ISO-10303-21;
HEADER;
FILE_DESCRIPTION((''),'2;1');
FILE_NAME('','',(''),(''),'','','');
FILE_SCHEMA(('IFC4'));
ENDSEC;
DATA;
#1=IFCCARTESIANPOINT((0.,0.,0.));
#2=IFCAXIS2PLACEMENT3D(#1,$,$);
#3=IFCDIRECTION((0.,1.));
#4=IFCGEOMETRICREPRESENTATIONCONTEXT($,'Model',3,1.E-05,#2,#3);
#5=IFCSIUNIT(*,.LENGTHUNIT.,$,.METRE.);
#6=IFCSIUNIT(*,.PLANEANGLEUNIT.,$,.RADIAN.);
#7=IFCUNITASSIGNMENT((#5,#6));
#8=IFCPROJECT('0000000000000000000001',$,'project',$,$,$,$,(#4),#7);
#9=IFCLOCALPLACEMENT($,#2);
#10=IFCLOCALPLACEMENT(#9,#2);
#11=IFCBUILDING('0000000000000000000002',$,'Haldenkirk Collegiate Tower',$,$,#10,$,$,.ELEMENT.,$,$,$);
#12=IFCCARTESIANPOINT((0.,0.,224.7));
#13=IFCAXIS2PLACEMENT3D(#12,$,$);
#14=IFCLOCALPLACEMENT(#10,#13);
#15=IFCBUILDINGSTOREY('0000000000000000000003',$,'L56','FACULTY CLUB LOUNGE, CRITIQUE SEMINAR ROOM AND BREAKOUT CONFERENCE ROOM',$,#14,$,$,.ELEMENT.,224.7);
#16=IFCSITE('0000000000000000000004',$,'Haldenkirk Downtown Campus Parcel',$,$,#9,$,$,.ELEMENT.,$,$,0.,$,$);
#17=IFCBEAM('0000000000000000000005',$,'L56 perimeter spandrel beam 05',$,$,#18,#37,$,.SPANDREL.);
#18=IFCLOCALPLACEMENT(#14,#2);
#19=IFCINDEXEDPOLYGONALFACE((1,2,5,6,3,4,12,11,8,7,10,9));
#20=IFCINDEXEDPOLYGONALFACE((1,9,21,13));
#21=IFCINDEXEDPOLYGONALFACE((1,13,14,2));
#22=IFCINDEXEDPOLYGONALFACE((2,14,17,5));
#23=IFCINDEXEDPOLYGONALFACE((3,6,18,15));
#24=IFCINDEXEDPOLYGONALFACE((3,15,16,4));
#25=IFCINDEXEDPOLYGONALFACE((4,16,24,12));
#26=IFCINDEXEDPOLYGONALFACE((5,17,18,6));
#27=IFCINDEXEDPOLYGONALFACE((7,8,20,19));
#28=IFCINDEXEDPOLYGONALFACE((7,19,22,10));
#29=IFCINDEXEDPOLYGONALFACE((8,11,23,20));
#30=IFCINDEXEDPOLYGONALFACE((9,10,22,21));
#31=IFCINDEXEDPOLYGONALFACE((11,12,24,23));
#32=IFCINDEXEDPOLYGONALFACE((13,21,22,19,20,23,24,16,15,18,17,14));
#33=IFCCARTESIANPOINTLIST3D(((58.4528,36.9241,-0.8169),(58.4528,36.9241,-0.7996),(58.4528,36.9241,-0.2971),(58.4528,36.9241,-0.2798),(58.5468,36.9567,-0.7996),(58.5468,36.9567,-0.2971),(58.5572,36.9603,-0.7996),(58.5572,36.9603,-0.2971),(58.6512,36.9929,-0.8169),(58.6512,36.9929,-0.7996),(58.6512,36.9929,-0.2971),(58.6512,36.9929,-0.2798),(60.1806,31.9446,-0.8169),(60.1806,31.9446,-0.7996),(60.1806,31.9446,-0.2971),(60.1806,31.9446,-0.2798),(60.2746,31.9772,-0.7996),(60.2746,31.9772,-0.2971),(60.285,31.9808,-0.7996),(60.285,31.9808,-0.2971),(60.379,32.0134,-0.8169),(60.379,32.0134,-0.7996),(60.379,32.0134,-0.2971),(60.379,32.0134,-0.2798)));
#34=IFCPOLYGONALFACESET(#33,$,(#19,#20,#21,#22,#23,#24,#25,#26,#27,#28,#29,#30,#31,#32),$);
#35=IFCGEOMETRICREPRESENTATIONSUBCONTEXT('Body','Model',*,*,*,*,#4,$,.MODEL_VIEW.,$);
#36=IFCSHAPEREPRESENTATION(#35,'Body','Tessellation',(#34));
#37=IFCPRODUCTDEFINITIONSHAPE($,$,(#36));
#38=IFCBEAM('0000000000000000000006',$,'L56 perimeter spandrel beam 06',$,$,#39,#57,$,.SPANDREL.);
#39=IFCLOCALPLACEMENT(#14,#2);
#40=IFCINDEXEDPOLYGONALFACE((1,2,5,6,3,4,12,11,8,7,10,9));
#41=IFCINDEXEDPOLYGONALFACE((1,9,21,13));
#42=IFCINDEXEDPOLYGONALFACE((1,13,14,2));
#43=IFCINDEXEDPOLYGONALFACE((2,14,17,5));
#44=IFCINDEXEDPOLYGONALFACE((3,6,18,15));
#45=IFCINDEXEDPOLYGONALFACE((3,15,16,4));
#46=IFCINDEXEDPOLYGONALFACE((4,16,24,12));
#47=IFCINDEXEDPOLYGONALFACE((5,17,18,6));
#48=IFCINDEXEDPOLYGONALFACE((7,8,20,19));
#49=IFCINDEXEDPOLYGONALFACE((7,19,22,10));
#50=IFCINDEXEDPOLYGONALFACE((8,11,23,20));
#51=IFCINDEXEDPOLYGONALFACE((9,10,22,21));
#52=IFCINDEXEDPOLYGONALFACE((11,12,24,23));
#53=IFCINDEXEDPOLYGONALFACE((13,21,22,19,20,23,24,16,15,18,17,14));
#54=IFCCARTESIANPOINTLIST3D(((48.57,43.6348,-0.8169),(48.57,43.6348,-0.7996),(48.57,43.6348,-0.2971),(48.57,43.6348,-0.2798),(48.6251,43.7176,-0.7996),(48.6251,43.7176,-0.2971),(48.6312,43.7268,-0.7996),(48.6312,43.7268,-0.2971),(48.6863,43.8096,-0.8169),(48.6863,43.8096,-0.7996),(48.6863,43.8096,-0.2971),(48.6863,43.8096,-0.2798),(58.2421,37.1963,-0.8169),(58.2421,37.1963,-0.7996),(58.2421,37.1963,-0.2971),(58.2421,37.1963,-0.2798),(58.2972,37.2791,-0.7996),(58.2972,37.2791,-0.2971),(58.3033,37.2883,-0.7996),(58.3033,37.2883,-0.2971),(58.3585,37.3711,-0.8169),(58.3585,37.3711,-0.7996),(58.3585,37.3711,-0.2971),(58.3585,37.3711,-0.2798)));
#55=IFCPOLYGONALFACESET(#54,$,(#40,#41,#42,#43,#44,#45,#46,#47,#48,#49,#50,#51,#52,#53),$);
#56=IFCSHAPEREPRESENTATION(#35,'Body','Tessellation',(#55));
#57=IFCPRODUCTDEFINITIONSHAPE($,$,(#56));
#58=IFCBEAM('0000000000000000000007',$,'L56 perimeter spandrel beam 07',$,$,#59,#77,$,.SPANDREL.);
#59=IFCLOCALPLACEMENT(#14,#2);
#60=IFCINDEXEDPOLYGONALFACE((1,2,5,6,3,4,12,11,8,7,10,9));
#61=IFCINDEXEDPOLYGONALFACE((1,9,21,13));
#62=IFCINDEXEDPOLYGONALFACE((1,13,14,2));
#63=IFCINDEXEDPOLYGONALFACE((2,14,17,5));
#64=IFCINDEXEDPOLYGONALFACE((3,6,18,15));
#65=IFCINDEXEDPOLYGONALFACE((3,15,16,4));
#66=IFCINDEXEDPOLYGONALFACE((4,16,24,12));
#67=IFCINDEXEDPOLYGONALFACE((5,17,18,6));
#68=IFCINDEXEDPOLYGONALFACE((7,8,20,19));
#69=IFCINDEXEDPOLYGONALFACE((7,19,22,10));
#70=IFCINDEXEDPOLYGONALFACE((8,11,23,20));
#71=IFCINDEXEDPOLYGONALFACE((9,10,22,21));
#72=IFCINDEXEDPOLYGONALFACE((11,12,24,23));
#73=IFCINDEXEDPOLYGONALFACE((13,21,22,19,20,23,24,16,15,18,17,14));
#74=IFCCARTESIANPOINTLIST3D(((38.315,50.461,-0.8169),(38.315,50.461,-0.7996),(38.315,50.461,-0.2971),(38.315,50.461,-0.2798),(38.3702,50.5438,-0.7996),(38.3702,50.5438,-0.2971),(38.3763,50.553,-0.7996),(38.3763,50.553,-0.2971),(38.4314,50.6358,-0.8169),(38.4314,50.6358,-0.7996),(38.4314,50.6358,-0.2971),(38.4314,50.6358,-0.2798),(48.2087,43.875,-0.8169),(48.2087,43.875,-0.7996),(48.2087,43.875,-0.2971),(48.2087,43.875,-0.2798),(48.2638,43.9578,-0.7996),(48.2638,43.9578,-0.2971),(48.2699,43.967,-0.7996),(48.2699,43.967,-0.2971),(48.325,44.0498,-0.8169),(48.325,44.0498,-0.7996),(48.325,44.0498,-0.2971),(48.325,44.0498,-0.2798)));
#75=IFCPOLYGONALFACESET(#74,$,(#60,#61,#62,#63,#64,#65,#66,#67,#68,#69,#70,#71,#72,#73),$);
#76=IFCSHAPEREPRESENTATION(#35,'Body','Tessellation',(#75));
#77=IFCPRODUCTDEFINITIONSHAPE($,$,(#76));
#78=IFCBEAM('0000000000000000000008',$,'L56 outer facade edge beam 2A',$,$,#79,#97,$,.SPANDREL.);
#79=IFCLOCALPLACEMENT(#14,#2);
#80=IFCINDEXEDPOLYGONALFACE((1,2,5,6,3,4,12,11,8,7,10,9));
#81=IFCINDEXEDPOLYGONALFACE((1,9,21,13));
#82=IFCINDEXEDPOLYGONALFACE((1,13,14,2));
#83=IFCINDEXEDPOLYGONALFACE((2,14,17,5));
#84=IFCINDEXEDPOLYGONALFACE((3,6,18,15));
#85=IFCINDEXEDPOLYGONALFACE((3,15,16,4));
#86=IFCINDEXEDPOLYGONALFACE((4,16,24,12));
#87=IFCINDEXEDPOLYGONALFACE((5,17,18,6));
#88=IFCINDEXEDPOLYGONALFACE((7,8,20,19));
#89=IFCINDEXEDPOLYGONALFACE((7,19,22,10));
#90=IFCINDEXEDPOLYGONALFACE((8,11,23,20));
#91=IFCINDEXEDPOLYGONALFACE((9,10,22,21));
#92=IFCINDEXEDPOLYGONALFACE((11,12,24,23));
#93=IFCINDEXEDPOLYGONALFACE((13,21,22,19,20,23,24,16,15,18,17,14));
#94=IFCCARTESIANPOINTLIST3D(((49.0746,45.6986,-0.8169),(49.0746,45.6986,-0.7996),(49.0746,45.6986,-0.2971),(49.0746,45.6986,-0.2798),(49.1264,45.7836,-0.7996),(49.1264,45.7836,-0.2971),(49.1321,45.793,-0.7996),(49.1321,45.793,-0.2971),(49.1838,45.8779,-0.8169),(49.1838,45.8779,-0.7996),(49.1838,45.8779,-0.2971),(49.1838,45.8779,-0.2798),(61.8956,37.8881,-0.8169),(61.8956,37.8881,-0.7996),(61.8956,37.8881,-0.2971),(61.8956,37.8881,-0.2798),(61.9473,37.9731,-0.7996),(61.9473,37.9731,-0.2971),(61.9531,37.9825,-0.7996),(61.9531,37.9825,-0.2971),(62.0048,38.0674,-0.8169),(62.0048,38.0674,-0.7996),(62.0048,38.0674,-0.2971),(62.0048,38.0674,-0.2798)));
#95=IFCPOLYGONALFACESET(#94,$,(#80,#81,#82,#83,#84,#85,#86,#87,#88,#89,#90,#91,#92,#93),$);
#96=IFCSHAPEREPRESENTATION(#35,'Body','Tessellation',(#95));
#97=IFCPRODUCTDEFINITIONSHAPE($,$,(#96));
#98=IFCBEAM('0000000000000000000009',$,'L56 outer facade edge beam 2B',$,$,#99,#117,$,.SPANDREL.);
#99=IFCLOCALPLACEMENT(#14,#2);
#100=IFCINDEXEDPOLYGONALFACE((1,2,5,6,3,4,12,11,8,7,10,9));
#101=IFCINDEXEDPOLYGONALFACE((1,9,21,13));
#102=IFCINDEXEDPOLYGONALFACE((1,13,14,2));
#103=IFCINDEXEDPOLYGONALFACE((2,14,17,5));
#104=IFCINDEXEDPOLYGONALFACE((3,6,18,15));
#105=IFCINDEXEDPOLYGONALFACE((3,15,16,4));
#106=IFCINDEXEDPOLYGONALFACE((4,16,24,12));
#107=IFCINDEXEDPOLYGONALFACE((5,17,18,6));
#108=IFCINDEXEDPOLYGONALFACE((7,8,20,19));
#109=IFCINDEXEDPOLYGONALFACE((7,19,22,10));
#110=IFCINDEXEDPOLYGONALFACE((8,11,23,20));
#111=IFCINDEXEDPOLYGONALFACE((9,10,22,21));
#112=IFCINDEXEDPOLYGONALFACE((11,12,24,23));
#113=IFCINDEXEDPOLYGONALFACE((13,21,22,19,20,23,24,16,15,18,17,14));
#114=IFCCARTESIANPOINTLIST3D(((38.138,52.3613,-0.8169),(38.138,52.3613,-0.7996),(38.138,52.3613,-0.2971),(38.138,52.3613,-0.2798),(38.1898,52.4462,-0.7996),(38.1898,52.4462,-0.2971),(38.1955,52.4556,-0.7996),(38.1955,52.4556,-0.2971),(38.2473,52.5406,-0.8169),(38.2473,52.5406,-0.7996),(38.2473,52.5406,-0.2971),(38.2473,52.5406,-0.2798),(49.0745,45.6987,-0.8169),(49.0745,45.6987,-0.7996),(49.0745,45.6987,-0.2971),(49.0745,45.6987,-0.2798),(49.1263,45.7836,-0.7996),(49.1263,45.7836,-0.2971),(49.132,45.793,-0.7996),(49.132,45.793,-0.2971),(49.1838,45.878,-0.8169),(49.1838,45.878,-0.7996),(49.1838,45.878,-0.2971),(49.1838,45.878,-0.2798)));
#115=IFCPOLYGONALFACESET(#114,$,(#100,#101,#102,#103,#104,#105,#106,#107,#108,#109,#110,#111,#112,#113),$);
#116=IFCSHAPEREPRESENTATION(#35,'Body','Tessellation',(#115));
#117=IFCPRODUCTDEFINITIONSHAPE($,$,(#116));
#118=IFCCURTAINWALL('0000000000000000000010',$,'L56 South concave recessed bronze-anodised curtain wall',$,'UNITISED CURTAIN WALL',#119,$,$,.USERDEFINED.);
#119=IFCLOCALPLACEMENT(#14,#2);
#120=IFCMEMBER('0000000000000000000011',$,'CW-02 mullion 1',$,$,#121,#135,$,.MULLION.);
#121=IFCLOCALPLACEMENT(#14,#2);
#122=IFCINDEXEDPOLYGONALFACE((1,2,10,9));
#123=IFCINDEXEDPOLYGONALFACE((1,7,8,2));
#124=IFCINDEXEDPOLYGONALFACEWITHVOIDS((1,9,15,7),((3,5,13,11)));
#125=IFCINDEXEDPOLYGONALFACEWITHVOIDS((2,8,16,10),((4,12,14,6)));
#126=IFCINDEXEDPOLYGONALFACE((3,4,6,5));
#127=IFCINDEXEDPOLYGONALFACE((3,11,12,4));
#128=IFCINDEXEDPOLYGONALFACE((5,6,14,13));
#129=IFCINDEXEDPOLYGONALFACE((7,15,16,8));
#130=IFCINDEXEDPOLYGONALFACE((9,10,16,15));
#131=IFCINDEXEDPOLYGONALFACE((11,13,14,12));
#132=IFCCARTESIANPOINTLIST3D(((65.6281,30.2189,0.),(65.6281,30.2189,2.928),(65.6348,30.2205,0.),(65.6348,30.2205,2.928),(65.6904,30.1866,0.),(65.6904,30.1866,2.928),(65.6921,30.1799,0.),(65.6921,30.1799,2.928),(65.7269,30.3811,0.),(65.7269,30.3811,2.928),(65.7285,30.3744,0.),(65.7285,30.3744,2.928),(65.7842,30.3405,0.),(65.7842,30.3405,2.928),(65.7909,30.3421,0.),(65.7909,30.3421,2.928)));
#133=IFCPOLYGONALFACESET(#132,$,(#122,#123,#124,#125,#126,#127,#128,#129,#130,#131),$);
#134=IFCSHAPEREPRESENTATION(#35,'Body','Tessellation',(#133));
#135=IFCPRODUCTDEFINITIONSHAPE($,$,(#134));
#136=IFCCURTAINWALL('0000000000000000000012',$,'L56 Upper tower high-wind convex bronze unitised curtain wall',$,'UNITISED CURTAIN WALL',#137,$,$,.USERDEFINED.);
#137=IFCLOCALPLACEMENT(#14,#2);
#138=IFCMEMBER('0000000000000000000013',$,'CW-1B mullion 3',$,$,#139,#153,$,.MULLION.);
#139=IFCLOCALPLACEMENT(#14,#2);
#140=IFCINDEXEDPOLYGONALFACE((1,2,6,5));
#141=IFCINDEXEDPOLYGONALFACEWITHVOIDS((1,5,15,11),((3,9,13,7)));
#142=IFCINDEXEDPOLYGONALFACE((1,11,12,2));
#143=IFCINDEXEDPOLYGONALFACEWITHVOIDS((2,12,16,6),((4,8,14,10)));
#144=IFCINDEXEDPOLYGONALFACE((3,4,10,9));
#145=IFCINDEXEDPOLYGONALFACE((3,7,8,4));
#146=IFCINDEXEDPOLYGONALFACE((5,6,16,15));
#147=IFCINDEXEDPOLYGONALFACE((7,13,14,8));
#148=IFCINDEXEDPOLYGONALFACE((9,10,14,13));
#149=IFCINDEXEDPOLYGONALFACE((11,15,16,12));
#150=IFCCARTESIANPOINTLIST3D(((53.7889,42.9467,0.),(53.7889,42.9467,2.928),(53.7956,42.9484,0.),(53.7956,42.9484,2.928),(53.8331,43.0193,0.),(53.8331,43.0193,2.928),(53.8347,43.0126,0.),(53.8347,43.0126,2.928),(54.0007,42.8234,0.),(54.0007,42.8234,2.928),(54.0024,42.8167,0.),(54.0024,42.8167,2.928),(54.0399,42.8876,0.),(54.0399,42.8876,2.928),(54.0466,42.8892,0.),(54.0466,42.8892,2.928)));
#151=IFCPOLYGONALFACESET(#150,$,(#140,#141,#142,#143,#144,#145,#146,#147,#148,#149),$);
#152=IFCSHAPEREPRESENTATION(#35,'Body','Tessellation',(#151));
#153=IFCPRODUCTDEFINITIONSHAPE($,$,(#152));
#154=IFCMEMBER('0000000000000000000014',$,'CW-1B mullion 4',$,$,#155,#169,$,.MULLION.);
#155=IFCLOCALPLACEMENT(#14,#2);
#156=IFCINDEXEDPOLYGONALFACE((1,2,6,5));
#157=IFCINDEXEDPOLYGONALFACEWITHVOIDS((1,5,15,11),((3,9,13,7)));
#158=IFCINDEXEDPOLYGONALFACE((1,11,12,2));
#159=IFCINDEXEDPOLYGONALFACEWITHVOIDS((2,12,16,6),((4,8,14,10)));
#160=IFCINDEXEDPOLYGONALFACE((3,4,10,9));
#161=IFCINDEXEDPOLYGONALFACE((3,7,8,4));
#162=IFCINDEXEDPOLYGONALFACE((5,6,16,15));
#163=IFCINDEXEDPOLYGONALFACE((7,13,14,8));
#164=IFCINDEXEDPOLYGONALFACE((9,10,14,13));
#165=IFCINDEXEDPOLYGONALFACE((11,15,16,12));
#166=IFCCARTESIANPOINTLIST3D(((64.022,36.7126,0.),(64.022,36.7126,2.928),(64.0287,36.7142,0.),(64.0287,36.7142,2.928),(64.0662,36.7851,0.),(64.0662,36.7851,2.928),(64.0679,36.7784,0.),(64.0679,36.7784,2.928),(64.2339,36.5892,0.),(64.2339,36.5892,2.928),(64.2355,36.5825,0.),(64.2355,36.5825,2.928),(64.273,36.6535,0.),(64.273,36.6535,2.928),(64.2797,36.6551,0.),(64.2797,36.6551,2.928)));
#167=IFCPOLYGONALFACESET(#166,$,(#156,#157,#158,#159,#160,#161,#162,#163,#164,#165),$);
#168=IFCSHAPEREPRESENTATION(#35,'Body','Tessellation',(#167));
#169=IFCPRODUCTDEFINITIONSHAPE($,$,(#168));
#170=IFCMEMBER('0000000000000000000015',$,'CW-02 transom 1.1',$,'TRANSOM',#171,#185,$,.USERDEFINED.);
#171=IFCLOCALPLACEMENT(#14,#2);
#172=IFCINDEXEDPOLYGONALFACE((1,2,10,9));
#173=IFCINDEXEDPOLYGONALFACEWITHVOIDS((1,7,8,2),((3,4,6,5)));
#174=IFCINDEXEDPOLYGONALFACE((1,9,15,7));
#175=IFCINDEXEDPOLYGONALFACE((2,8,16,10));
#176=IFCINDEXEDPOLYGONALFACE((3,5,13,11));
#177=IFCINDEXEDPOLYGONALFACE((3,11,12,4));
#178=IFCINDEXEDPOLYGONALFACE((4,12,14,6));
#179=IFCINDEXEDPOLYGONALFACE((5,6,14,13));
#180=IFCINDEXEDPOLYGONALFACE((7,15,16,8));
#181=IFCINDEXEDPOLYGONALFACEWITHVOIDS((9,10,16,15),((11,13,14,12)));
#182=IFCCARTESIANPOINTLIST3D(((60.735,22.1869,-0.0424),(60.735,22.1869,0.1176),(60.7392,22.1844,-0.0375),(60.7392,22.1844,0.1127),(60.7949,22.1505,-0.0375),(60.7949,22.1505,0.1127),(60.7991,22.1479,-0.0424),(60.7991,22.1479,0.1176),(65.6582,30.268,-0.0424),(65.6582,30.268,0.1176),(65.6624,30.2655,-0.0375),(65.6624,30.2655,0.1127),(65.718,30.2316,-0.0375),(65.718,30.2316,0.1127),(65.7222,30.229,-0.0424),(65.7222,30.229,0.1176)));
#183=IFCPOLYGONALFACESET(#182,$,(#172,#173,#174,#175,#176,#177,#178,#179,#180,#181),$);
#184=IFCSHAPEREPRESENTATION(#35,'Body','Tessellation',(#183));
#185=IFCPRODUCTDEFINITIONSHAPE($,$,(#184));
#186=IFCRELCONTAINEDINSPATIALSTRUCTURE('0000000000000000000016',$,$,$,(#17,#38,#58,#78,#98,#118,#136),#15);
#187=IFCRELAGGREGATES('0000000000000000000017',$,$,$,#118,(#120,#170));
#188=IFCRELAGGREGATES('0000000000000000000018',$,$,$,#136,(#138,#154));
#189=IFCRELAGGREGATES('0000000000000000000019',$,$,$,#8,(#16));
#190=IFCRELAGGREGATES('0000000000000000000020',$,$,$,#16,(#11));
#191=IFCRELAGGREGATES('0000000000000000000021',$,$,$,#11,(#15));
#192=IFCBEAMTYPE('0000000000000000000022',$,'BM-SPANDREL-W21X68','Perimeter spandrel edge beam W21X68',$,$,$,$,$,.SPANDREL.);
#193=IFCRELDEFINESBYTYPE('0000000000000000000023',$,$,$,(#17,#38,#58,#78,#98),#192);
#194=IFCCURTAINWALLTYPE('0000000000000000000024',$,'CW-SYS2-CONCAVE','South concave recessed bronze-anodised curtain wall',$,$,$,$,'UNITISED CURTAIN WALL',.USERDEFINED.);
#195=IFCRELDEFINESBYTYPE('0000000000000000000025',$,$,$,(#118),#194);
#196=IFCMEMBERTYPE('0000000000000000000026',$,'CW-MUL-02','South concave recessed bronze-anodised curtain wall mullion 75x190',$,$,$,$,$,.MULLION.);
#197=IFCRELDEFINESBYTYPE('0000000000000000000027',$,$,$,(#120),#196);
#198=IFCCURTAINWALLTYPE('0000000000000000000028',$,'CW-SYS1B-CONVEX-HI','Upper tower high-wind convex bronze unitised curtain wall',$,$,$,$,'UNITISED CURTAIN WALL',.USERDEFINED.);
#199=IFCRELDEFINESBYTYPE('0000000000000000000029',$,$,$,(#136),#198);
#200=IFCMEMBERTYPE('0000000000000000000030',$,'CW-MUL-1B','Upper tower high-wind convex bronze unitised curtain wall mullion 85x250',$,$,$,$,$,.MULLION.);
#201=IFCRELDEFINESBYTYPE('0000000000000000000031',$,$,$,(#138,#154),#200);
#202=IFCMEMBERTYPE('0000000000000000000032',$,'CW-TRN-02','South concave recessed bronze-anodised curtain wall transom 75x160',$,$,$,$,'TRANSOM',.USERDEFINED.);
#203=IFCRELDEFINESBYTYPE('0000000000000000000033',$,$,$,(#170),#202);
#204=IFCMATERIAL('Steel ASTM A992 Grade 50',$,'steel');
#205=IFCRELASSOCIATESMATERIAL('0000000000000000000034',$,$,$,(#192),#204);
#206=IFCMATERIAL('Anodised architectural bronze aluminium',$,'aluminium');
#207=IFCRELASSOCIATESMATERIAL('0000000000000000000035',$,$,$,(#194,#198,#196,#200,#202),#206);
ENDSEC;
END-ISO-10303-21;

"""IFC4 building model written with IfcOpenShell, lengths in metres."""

from ifc_helpers import new_model, si_unit, direction, frame, origin, origin_2d, place, context, subcontext, project, spatial, hollow_rectangle, i_section, extrude, material, material_profile, profile_set, type_object, element, aggregate, save


model = new_model("IFC4")

# Units and contexts
model_context = context("Model", 3, precision=1e-05, world=origin(), true_north=direction((0.0, 1.0)))
body_context = subcontext(model_context, "Body", "Model", "MODEL_VIEW")
ifc_project = project(units=[si_unit("LENGTHUNIT", "METRE"), si_unit("PLANEANGLEUNIT", "RADIAN")], contexts=[model_context])

# Site, building, storey
site_placement = place(None, origin())
site = spatial("IfcSite", under=ifc_project, at=site_placement, Name="Haldenkirk Downtown Campus Parcel", CompositionType="ELEMENT", RefElevation=0.0)
building_placement = place(site_placement, origin())
building = spatial("IfcBuilding", under=site, at=building_placement, Name="Haldenkirk Collegiate Tower", CompositionType="ELEMENT")
storey_placement = place(building_placement, frame((0.0, 0.0, 224.7)))
storey = spatial("IfcBuildingStorey", under=building, at=storey_placement, Name="L56", Description="FACULTY CLUB LOUNGE, CRITIQUE SEMINAR ROOM AND BREAKOUT CONFERENCE ROOM", CompositionType="ELEMENT", Elevation=224.7)

# Beams
ifc_material_1 = material(Name="Steel ASTM A992 Grade 50", Category="steel")
ifc_material_profile_1 = material_profile(ifc_material_1, i_section(OverallWidth=0.21, OverallDepth=0.5371, WebThickness=0.011, FlangeThickness=0.0173, at=origin_2d()), Name="W21X68")
ifc_profile_set_1 = profile_set([ifc_material_profile_1], Name="Steel ASTM A992 Grade 50")
beam_type_1 = type_object("IfcBeamType", Name="BM-SPANDREL-W21X68", Description="Perimeter spandrel edge beam W21X68", PredefinedType="SPANDREL", material=ifc_profile_set_1)
beam_1_placement = place(storey_placement, frame((60.2798, 31.979, -0.5483), z_axis=(-0.327807, 0.944745, 0.0), x_axis=(-0.944745, -0.327807, 0.0)))
element("IfcBeam", 1, at=beam_1_placement, inside=storey, type_object=beam_type_1, Name="L56 perimeter spandrel beam 05", PredefinedType="SPANDREL", context=body_context, shape_type="SweptSolid", body=[
    extrude(i_section(OverallWidth=0.21, OverallDepth=0.5371, WebThickness=0.011, FlangeThickness=0.0173, at=origin_2d()), origin(), (0.0, 0.0, 1.0), 5.2708),
])
beam_2_placement = place(storey_placement, frame((58.3003, 37.2837, -0.5483), z_axis=(-0.832432, 0.554128, 0.0), x_axis=(-0.554128, -0.832432, 0.0)))
element("IfcBeam", 2, at=beam_2_placement, inside=storey, type_object=beam_type_1, Name="L56 perimeter spandrel beam 06", PredefinedType="SPANDREL", context=body_context, shape_type="SweptSolid", body=[
    extrude(i_section(OverallWidth=0.21, OverallDepth=0.5371, WebThickness=0.011, FlangeThickness=0.0173, at=origin_2d()), origin(), (0.0, 0.0, 1.0), 11.6191),
])
beam_3_placement = place(storey_placement, frame((48.2668, 43.9624, -0.5483), z_axis=(-0.832429, 0.554131, 0.0), x_axis=(-0.554131, -0.832429, 0.0)))
element("IfcBeam", 3, at=beam_3_placement, inside=storey, type_object=beam_type_1, Name="L56 perimeter spandrel beam 07", PredefinedType="SPANDREL", context=body_context, shape_type="SweptSolid", body=[
    extrude(i_section(OverallWidth=0.21, OverallDepth=0.5371, WebThickness=0.011, FlangeThickness=0.0173, at=origin_2d()), origin(), (0.0, 0.0, 1.0), 11.8853),
])
beam_4_placement = place(storey_placement, frame((61.9502, 37.9778, -0.5483), z_axis=(-0.854008, 0.52026, 0.0), x_axis=(-0.52026, -0.854008, 0.0)))
element("IfcBeam", 4, at=beam_4_placement, inside=storey, type_object=beam_type_1, Name="L56 outer facade edge beam 2A", PredefinedType="SPANDREL", context=body_context, shape_type="SweptSolid", body=[
    extrude(i_section(OverallWidth=0.21, OverallDepth=0.5371, WebThickness=0.011, FlangeThickness=0.0173, at=origin_2d()), origin(), (0.0, 0.0, 1.0), 15.0127),
])
beam_5_placement = place(storey_placement, frame((49.1292, 45.7883, -0.5483), z_axis=(-0.854005, 0.520265, 0.0), x_axis=(-0.520265, -0.854005, 0.0)))
element("IfcBeam", 5, at=beam_5_placement, inside=storey, type_object=beam_type_1, Name="L56 outer facade edge beam 2B", PredefinedType="SPANDREL", context=body_context, shape_type="SweptSolid", body=[
    extrude(i_section(OverallWidth=0.21, OverallDepth=0.5371, WebThickness=0.011, FlangeThickness=0.0173, at=origin_2d()), origin(), (0.0, 0.0, 1.0), 12.8062),
])

# Curtain wall, member
ifc_material_2 = material(Name="Anodised architectural bronze aluminium", Category="aluminium")
curtain_wall_type_1 = type_object("IfcCurtainWallType", Name="CW-SYS2-CONCAVE", Description="South concave recessed bronze-anodised curtain wall", ElementType="UNITISED CURTAIN WALL", PredefinedType="USERDEFINED", material=ifc_material_2)
curtain_wall_1_placement = place(storey_placement, origin())
curtain_wall_1 = element("IfcCurtainWall", 6, at=curtain_wall_1_placement, inside=storey, type_object=curtain_wall_type_1, Name="L56 South concave recessed bronze-anodised curtain wall", ObjectType="UNITISED CURTAIN WALL", PredefinedType="USERDEFINED")
ifc_material_profile_2 = material_profile(ifc_material_2, hollow_rectangle(XDim=0.075, YDim=0.1899, WallThickness=0.0049, at=origin_2d()), Name="CW-MUL-02")
ifc_profile_set_2 = profile_set([ifc_material_profile_2], Name="Anodised architectural bronze aluminium")
member_type_1 = type_object("IfcMemberType", Name="CW-MUL-02", Description="South concave recessed bronze-anodised curtain wall mullion 75x190", PredefinedType="MULLION", material=ifc_profile_set_2)
member_1_placement = place(storey_placement, frame((65.7095, 30.2805, 0.0), z_axis=(0.0, 0.0, 1.0), x_axis=(0.854004, -0.520266, 0.0)))
member_1 = element("IfcMember", 7, at=member_1_placement, type_object=member_type_1, Name="CW-02 mullion 1", PredefinedType="MULLION", context=body_context, shape_type="SweptSolid", body=[
    extrude(hollow_rectangle(XDim=0.075, YDim=0.1899, WallThickness=0.0049, at=origin_2d()), origin(), (0.0, 0.0, 1.0), 2.928),
])

# Curtain wall, members
curtain_wall_type_2 = type_object("IfcCurtainWallType", Name="CW-SYS1B-CONVEX-HI", Description="Upper tower high-wind convex bronze unitised curtain wall", ElementType="UNITISED CURTAIN WALL", PredefinedType="USERDEFINED", material=ifc_material_2)
curtain_wall_2_placement = place(storey_placement, origin())
curtain_wall_2 = element("IfcCurtainWall", 8, at=curtain_wall_2_placement, inside=storey, type_object=curtain_wall_type_2, Name="L56 Upper tower high-wind convex bronze unitised curtain wall", ObjectType="UNITISED CURTAIN WALL", PredefinedType="USERDEFINED")
ifc_material_profile_3 = material_profile(ifc_material_2, hollow_rectangle(XDim=0.085, YDim=0.25, WallThickness=0.0049, at=origin_2d()), Name="CW-MUL-1B")
ifc_profile_set_3 = profile_set([ifc_material_profile_3], Name="Anodised architectural bronze aluminium")
member_type_2 = type_object("IfcMemberType", Name="CW-MUL-1B", Description="Upper tower high-wind convex bronze unitised curtain wall mullion 85x250", PredefinedType="MULLION", material=ifc_profile_set_3)
member_2_placement = place(storey_placement, frame((53.9177, 42.918, 0.0), z_axis=(0.0, 0.0, 1.0), x_axis=(0.520265, 0.854005, 0.0)))
member_2 = element("IfcMember", 9, at=member_2_placement, type_object=member_type_2, Name="CW-1B mullion 3", PredefinedType="MULLION", context=body_context, shape_type="SweptSolid", body=[
    extrude(hollow_rectangle(XDim=0.085, YDim=0.25, WallThickness=0.0049, at=origin_2d()), origin(), (0.0, 0.0, 1.0), 2.928),
])
member_3_placement = place(storey_placement, frame((64.1509, 36.6838, 0.0), z_axis=(0.0, 0.0, 1.0), x_axis=(0.520265, 0.854005, 0.0)))
member_3 = element("IfcMember", 10, at=member_3_placement, type_object=member_type_2, Name="CW-1B mullion 4", PredefinedType="MULLION", context=body_context, shape_type="SweptSolid", body=[
    extrude(hollow_rectangle(XDim=0.085, YDim=0.25, WallThickness=0.0049, at=origin_2d()), origin(), (0.0, 0.0, 1.0), 2.928),
])

# Member
ifc_material_profile_4 = material_profile(ifc_material_2, hollow_rectangle(XDim=0.075, YDim=0.1599, WallThickness=0.0049, at=origin_2d()), Name="CW-TRN-02")
ifc_profile_set_4 = profile_set([ifc_material_profile_4], Name="Anodised architectural bronze aluminium")
member_type_3 = type_object("IfcMemberType", Name="CW-TRN-02", Description="South concave recessed bronze-anodised curtain wall transom 75x160", ElementType="TRANSOM", PredefinedType="USERDEFINED", material=ifc_profile_set_4)
member_4_placement = place(storey_placement, frame((65.6902, 30.2485, 0.0376), z_axis=(-0.52027, -0.854002, 0.0), x_axis=(0.854002, -0.52027, 0.0)))
member_4 = element("IfcMember", 11, at=member_4_placement, type_object=member_type_3, Name="CW-02 transom 1.1", ObjectType="TRANSOM", PredefinedType="USERDEFINED", context=body_context, shape_type="SweptSolid", body=[
    extrude(hollow_rectangle(XDim=0.075, YDim=0.1599, WallThickness=0.0049, at=origin_2d()), origin(), (0.0, 0.0, 1.0), 9.4626),
])

aggregate(curtain_wall_1, [member_1, member_4])
aggregate(curtain_wall_2, [member_2, member_3])

save(model, "model.ifc")
